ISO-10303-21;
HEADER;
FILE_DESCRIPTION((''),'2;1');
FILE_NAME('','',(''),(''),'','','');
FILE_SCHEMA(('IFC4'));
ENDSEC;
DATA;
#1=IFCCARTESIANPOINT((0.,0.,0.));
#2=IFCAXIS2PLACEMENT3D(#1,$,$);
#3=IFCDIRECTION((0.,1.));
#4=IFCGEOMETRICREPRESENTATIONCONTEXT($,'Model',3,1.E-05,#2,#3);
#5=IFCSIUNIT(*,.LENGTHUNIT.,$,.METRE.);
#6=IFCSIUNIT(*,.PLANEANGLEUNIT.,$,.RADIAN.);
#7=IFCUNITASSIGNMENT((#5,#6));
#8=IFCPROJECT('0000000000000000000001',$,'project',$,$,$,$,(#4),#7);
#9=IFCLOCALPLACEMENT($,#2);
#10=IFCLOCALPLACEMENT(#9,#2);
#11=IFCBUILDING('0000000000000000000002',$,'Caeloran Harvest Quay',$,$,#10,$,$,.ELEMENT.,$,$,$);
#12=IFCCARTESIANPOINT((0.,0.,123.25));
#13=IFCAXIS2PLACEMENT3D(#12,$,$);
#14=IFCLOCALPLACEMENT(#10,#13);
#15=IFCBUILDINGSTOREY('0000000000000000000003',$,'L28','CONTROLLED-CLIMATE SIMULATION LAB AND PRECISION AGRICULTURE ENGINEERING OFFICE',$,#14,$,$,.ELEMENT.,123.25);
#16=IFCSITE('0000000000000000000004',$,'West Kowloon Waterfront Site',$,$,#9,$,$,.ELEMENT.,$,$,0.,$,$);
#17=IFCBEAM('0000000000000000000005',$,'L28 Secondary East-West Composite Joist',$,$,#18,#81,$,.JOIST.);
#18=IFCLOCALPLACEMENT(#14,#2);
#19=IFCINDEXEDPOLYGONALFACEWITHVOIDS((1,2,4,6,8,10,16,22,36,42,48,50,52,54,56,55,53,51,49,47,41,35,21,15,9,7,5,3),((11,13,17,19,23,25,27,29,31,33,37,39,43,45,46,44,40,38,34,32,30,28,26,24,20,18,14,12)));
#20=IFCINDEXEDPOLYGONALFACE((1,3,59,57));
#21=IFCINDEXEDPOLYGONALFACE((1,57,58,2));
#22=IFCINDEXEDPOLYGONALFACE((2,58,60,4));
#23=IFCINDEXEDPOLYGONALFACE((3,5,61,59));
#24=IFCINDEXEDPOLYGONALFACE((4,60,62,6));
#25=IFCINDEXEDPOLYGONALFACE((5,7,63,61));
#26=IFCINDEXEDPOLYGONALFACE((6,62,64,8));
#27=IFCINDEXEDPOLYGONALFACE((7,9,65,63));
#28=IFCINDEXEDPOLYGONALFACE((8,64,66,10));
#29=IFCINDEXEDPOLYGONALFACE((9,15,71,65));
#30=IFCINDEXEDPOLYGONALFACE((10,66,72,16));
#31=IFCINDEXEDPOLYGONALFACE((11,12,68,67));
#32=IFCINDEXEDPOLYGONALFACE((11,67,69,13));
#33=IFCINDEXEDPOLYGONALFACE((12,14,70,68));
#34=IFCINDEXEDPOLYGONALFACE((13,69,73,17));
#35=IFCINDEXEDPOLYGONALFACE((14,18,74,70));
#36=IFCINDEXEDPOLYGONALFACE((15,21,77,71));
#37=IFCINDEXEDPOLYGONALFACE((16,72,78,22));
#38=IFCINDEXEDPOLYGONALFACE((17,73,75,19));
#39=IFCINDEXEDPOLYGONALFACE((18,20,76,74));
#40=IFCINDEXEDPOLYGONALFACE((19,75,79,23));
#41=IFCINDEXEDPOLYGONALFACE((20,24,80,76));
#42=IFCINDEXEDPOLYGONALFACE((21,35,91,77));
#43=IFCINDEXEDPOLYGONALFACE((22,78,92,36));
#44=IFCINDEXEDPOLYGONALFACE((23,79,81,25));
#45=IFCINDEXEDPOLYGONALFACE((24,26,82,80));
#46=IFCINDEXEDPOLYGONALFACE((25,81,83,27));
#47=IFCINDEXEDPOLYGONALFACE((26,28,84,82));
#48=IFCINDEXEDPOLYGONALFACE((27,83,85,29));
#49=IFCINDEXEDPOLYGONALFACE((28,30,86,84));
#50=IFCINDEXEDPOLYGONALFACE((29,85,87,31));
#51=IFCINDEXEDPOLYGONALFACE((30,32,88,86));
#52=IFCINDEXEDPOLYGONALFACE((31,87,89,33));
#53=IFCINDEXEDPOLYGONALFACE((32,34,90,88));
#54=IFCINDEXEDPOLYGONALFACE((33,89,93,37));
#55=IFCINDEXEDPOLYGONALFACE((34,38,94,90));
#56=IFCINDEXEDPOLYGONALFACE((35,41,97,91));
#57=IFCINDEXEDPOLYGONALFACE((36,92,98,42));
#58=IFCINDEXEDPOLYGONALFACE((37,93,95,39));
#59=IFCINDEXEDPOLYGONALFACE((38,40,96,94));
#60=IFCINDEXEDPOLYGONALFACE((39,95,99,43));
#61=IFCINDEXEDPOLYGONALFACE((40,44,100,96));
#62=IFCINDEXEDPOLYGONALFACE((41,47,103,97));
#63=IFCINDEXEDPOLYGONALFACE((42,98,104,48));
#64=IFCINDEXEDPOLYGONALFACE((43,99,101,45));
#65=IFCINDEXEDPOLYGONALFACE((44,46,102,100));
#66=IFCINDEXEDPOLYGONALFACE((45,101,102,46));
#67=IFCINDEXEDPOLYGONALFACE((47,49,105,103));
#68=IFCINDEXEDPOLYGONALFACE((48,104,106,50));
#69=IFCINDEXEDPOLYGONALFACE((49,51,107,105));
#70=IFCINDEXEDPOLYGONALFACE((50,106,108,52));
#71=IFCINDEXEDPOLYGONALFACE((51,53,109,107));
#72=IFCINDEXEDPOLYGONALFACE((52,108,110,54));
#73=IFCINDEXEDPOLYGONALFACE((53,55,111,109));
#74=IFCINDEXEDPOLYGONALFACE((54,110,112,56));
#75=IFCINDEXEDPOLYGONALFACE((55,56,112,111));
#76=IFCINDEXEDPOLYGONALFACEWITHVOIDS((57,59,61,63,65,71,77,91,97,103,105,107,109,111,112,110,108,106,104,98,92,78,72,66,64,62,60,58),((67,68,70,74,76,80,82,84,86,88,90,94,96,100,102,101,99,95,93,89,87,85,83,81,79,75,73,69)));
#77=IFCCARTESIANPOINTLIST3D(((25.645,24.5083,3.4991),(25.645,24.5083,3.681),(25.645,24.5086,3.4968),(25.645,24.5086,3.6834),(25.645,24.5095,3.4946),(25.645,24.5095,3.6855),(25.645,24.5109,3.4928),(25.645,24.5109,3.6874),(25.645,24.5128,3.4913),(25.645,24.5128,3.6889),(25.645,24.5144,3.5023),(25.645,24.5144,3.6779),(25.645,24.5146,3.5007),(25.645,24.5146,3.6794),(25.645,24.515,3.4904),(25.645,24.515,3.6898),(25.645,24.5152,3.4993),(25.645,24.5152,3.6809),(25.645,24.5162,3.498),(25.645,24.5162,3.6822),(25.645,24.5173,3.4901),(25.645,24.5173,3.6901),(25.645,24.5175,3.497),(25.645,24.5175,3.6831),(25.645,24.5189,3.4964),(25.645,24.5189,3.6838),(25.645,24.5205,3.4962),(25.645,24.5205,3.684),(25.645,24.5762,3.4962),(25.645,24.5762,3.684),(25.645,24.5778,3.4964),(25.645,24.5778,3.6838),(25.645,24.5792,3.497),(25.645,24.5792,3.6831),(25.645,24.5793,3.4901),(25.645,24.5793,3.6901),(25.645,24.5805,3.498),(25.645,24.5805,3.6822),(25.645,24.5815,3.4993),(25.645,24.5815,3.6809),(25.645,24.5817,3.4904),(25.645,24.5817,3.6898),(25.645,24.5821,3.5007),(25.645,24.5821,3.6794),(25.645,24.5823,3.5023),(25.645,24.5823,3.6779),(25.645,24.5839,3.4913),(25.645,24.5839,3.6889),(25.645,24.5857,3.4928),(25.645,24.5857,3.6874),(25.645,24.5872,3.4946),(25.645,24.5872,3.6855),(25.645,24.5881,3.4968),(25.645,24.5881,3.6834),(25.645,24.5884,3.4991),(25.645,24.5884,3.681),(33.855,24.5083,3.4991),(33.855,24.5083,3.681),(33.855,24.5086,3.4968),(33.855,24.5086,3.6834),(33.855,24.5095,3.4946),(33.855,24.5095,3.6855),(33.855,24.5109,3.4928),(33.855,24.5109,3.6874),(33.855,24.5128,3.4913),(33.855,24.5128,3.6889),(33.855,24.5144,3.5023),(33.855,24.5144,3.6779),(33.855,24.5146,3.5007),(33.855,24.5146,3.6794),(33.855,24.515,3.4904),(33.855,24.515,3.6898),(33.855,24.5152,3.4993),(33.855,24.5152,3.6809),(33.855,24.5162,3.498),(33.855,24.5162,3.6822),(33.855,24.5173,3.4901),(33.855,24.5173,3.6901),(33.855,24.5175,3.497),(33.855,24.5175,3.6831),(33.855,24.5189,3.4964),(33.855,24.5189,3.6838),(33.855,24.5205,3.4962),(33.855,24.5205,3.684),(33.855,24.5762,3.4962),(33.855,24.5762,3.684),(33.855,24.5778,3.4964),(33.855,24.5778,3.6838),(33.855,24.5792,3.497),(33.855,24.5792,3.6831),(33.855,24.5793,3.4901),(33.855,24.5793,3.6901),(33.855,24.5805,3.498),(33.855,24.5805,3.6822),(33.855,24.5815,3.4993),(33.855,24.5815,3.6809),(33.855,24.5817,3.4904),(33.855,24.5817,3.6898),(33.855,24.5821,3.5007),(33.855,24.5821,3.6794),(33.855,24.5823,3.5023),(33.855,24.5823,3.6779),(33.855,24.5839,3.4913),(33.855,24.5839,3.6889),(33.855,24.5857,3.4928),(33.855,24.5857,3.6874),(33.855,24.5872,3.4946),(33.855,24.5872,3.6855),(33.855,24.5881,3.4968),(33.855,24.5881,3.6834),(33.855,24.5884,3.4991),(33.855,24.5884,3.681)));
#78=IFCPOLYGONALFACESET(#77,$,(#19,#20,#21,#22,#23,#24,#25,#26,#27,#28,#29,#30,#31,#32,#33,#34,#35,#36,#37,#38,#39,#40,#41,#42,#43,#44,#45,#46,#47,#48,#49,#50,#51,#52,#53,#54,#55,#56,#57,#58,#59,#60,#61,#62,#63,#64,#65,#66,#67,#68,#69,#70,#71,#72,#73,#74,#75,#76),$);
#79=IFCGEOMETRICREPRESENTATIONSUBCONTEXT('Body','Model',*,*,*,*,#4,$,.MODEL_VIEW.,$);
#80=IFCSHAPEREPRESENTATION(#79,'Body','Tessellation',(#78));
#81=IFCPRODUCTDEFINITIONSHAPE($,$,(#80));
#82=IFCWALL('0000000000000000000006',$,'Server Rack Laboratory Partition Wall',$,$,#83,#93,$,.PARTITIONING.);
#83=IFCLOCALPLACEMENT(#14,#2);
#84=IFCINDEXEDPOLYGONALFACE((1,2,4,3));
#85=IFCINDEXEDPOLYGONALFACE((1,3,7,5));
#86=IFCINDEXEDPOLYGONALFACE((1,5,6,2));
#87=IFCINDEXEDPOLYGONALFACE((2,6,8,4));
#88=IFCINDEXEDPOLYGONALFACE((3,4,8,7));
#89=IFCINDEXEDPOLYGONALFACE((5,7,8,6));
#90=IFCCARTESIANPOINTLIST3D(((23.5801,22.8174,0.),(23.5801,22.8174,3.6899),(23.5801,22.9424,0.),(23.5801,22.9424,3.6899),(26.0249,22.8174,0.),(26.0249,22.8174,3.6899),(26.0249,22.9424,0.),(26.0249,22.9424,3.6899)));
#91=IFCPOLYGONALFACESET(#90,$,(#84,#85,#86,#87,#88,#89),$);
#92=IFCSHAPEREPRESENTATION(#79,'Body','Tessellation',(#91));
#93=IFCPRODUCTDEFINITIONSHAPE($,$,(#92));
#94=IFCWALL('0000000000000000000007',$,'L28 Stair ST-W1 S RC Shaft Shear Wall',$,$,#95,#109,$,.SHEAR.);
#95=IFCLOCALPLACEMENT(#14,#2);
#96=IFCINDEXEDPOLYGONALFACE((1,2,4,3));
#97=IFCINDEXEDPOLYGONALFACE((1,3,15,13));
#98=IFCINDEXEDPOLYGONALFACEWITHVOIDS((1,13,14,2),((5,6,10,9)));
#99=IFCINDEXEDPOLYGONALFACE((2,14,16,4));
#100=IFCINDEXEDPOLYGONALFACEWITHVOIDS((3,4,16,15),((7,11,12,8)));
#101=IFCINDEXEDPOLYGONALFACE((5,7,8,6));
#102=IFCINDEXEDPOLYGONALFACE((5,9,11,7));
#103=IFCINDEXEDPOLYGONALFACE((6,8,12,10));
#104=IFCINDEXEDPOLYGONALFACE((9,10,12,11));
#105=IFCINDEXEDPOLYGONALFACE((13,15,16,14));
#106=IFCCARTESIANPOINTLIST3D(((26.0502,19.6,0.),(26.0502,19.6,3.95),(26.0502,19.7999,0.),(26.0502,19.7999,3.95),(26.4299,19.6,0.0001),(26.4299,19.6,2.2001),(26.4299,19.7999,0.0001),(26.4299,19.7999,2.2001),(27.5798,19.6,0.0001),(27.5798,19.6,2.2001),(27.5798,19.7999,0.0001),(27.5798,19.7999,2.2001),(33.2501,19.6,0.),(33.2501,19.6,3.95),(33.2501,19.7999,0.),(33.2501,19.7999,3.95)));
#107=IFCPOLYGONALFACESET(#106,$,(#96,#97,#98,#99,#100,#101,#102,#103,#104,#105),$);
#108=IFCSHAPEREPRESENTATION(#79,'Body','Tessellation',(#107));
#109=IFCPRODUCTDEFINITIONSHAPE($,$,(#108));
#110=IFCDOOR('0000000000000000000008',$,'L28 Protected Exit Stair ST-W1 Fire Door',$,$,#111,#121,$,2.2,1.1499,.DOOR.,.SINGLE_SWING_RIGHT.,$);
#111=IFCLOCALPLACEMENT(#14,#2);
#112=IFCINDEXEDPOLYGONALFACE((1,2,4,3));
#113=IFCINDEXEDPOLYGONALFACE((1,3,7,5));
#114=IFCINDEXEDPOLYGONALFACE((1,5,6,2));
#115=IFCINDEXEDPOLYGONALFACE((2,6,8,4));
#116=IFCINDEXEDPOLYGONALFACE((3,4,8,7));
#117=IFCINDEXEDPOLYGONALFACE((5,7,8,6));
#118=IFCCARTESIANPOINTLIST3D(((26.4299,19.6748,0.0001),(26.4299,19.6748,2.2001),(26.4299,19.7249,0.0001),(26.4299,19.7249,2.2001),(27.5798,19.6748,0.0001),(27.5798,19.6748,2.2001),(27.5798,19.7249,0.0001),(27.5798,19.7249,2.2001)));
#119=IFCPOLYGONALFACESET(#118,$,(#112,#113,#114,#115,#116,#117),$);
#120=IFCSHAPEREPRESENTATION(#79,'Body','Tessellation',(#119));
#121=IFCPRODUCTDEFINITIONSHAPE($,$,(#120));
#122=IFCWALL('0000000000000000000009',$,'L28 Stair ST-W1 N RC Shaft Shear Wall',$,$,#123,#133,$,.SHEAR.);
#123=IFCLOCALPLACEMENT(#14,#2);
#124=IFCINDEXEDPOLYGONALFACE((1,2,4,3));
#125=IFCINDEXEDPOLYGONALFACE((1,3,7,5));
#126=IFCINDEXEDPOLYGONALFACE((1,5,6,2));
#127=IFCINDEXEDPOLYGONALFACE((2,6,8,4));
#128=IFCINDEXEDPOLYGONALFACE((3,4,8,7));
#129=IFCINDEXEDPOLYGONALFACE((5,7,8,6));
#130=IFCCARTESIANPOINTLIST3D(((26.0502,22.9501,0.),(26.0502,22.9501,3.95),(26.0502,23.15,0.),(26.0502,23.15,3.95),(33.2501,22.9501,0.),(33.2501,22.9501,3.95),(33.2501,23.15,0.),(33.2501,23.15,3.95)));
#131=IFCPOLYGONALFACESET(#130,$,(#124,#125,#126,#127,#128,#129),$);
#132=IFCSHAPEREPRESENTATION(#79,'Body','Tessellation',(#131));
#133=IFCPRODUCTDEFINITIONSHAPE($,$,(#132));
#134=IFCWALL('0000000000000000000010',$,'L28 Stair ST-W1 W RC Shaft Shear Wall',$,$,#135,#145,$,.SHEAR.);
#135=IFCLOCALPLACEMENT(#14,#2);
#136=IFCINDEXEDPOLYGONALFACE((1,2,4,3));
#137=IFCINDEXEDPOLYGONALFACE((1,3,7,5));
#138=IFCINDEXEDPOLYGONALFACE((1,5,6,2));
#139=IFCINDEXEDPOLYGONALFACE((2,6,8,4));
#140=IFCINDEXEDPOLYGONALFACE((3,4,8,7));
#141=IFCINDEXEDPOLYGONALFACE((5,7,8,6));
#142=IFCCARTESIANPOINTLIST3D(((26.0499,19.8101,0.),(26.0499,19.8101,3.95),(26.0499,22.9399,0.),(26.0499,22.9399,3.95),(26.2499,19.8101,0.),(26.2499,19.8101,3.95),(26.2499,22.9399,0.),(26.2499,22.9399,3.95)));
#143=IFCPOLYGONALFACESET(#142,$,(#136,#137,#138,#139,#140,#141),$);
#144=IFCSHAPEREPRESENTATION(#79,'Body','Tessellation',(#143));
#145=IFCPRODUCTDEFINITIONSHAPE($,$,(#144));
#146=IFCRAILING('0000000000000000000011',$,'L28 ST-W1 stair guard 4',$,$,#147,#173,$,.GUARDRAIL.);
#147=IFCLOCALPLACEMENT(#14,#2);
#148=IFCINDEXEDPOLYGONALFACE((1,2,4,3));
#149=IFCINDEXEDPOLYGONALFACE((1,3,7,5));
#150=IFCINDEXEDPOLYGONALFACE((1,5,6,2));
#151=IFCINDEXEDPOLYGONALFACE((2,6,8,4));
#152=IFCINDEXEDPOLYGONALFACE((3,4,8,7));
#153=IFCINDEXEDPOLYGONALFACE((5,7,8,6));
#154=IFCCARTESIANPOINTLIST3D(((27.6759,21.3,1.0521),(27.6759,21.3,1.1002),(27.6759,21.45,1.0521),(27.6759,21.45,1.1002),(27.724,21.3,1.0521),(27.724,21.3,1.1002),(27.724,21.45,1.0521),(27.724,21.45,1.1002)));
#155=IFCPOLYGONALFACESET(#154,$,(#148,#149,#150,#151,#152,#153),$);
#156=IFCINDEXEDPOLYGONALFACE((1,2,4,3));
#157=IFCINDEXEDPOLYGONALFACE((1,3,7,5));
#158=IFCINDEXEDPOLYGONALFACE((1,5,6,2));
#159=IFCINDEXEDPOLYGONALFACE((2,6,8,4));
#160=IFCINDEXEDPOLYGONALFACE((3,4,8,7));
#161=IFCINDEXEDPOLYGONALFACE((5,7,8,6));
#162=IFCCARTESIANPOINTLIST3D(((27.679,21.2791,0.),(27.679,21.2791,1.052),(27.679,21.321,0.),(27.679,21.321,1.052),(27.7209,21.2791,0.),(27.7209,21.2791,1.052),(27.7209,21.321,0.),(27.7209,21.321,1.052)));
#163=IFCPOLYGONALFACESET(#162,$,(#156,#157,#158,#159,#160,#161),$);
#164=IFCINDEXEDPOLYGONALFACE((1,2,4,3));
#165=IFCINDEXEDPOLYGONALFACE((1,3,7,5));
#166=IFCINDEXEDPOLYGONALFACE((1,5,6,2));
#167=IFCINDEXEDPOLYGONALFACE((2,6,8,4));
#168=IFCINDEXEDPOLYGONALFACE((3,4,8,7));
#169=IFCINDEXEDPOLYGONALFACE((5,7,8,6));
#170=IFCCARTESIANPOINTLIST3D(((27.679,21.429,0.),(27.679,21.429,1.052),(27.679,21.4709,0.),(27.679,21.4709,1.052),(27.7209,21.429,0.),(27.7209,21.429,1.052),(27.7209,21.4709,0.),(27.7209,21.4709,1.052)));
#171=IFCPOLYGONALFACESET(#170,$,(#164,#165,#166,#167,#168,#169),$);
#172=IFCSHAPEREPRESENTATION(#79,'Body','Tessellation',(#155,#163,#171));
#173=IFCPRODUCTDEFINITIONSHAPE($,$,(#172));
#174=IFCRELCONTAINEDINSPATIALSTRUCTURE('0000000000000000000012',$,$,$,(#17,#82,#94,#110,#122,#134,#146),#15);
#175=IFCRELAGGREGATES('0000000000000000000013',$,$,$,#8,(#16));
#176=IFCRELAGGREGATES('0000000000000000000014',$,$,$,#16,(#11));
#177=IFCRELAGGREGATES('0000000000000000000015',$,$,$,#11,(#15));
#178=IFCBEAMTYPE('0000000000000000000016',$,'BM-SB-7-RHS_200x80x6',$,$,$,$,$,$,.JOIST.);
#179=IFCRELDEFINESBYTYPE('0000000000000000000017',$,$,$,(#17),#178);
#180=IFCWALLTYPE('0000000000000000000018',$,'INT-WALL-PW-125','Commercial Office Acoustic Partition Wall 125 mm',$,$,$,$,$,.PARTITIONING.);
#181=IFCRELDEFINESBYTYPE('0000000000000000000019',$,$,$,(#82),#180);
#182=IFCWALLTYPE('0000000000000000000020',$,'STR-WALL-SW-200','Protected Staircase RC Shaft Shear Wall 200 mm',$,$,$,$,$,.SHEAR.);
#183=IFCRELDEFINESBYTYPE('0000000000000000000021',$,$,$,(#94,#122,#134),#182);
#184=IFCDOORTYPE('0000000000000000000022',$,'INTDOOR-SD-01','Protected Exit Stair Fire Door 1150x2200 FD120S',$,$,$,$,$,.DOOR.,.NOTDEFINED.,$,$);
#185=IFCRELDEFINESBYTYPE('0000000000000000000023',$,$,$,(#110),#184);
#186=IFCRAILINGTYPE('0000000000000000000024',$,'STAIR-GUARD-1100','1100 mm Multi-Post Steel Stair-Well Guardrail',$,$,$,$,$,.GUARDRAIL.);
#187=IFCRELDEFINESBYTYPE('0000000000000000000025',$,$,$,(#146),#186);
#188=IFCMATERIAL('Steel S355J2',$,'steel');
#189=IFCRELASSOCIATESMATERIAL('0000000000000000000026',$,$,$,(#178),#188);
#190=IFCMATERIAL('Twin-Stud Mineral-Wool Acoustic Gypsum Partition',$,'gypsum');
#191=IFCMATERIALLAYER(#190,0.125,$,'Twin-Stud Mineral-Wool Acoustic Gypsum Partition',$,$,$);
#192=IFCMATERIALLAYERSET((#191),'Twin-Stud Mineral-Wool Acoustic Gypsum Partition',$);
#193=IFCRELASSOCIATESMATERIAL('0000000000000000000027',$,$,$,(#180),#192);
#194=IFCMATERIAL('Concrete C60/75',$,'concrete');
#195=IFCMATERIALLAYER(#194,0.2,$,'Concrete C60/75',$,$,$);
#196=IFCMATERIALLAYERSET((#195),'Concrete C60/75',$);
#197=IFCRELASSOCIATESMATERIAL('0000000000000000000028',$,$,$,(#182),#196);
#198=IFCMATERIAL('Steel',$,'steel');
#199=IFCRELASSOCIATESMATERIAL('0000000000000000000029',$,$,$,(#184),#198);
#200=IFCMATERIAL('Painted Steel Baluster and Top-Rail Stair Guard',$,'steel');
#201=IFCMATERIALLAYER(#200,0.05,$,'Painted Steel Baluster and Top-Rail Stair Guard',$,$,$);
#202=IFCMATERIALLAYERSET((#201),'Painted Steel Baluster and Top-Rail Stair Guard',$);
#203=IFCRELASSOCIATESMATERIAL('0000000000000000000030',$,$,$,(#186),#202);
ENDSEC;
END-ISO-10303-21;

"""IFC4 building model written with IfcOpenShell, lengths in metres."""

from ifc_helpers import new_model, si_unit, direction, frame, frame_2d, origin, origin_2d, place, context, subcontext, project, spatial, rectangle, hollow_rectangle, extrude, material, layer, layer_set, material_profile, profile_set, type_object, element, fill, save


model = new_model("IFC4")

# Units and contexts
model_context = context("Model", 3, precision=1e-05, world=origin(), true_north=direction((0.0, 1.0)))
body_context = subcontext(model_context, "Body", "Model", "MODEL_VIEW")
ifc_project = project(units=[si_unit("LENGTHUNIT", "METRE"), si_unit("PLANEANGLEUNIT", "RADIAN")], contexts=[model_context])

# Site, building, storey
site_placement = place(None, origin())
site = spatial("IfcSite", under=ifc_project, at=site_placement, Name="West Kowloon Waterfront Site", CompositionType="ELEMENT", RefElevation=0.0)
building_placement = place(site_placement, origin())
building = spatial("IfcBuilding", under=site, at=building_placement, Name="Caeloran Harvest Quay", CompositionType="ELEMENT")
storey_placement = place(building_placement, frame((0.0, 0.0, 123.25)))
storey = spatial("IfcBuildingStorey", under=building, at=storey_placement, Name="L28", Description="CONTROLLED-CLIMATE SIMULATION LAB AND PRECISION AGRICULTURE ENGINEERING OFFICE", CompositionType="ELEMENT", Elevation=123.25)

# Beam
ifc_material_1 = material(Name="Steel S355J2", Category="steel")
ifc_material_profile_1 = material_profile(ifc_material_1, hollow_rectangle(XDim=0.0801, YDim=0.2, WallThickness=0.0061, InnerFilletRadius=0.0061, OuterFilletRadius=0.009, at=origin_2d()), Name="RHS 200x80x6")
ifc_profile_set_1 = profile_set([ifc_material_profile_1], Name="Steel S355J2")
beam_type_1 = type_object("IfcBeamType", Name="BM-SB-7-RHS_200x80x6", PredefinedType="JOIST", material=ifc_profile_set_1)
for number, where, z_axis, x_axis, name in (
    (1, (25.645, 24.5483, 3.5901), (1.0, 0.0, 0.0), (0.0, 1.0, 0.0), "L28 Secondary East-West Composite Joist"),
):
    element("IfcBeam", number, at=place(storey_placement, frame(where, z_axis=z_axis, x_axis=x_axis)), inside=storey, type_object=beam_type_1, Name=name, PredefinedType="JOIST", context=body_context, shape_type="SweptSolid", body=[
        extrude(hollow_rectangle(XDim=0.0801, YDim=0.2, WallThickness=0.0061, InnerFilletRadius=0.0061, OuterFilletRadius=0.009, at=origin_2d()), origin(), (0.0, 0.0, 1.0), 8.21),
    ])

# Wall
ifc_material_2 = material(Name="Twin-Stud Mineral-Wool Acoustic Gypsum Partition", Category="gypsum")
ifc_layer_1 = layer(ifc_material_2, 0.125, Name="Twin-Stud Mineral-Wool Acoustic Gypsum Partition")
ifc_layer_set_1 = layer_set([ifc_layer_1], Name="Twin-Stud Mineral-Wool Acoustic Gypsum Partition")
wall_type_1 = type_object("IfcWallType", Name="INT-WALL-PW-125", Description="Commercial Office Acoustic Partition Wall 125 mm", PredefinedType="PARTITIONING", material=ifc_layer_set_1)
wall_1_placement = place(storey_placement, frame((26.0249, 22.8799, 0.0), z_axis=(0.0, 0.0, 1.0), x_axis=(-1.0, 0.0, 0.0)))
element("IfcWall", 2, at=wall_1_placement, inside=storey, type_object=wall_type_1, Name="Server Rack Laboratory Partition Wall", PredefinedType="PARTITIONING", context=body_context, shape_type="SweptSolid", body=[
    extrude(rectangle(XDim=2.4448, YDim=0.125, at=frame_2d((1.2224, 0.0))), origin(), (0.0, 0.0, 1.0), 3.6899),
])

# Wall, opening, door
ifc_material_3 = material(Name="Concrete C60/75", Category="concrete")
ifc_layer_2 = layer(ifc_material_3, 0.2, Name="Concrete C60/75")
ifc_layer_set_2 = layer_set([ifc_layer_2], Name="Concrete C60/75")
wall_type_2 = type_object("IfcWallType", Name="STR-WALL-SW-200", Description="Protected Staircase RC Shaft Shear Wall 200 mm", PredefinedType="SHEAR", material=ifc_layer_set_2)
wall_2_placement = place(storey_placement, frame((26.05, 19.7, 0.0), z_axis=(0.0, 0.0, 1.0), x_axis=(1.0, 0.0, 0.0)))
wall_2 = element("IfcWall", 3, at=wall_2_placement, inside=storey, type_object=wall_type_2, Name="L28 Stair ST-W1 S RC Shaft Shear Wall", PredefinedType="SHEAR", context=body_context, shape_type="SweptSolid", body=[
    extrude(rectangle(XDim=7.2, YDim=0.2, at=frame_2d((3.6001, 0.0))), origin(), (0.0, 0.0, 1.0), 3.95),
])
opening_placement = place(wall_2_placement, frame((0.3799, 0.0, 0.0)))
opening = element("IfcOpeningElement", 4, at=opening_placement, cuts=wall_2, PredefinedType="OPENING", context=body_context, shape_type="SweptSolid", body=[
    extrude(rectangle(XDim=1.1499, YDim=2.2, at=frame_2d((0.575, 1.1001))), frame((0.0, 0.1099, 0.0), z_axis=(0.0, -1.0, 0.0), x_axis=(1.0, 0.0, 0.0)), (0.0, 0.0, 1.0), 0.22),
])
ifc_material_4 = material(Name="Steel", Category="steel")
door_type = type_object("IfcDoorType", Name="INTDOOR-SD-01", Description="Protected Exit Stair Fire Door 1150x2200 FD120S", OperationType="NOTDEFINED", PredefinedType="DOOR", material=ifc_material_4)
door_placement = place(opening_placement, origin())
door = element("IfcDoor", 5, at=door_placement, inside=storey, type_object=door_type, Name="L28 Protected Exit Stair ST-W1 Fire Door", OperationType="SINGLE_SWING_RIGHT", OverallHeight=2.2, OverallWidth=1.1499, PredefinedType="DOOR", context=body_context, shape_type="SweptSolid", body=[
    extrude(rectangle(XDim=1.1499, YDim=2.2, at=frame_2d((0.575, 1.1001))), frame((0.0, 0.0249, 0.0), z_axis=(0.0, -1.0, 0.0), x_axis=(1.0, 0.0, 0.0)), (0.0, 0.0, 1.0), 0.05),
])
fill(opening, door)

# Walls
wall_3_placement = place(storey_placement, frame((26.05, 23.05, 0.0), z_axis=(0.0, 0.0, 1.0), x_axis=(1.0, 0.0, 0.0)))
element("IfcWall", 6, at=wall_3_placement, inside=storey, type_object=wall_type_2, Name="L28 Stair ST-W1 N RC Shaft Shear Wall", PredefinedType="SHEAR", context=body_context, shape_type="SweptSolid", body=[
    extrude(rectangle(XDim=7.2, YDim=0.2, at=frame_2d((3.6001, 0.0))), origin(), (0.0, 0.0, 1.0), 3.95),
])
wall_4_placement = place(storey_placement, frame((26.1499, 19.8101, 0.0), z_axis=(0.0, 0.0, 1.0), x_axis=(0.0, 1.0, 0.0)))
element("IfcWall", 7, at=wall_4_placement, inside=storey, type_object=wall_type_2, Name="L28 Stair ST-W1 W RC Shaft Shear Wall", PredefinedType="SHEAR", context=body_context, shape_type="SweptSolid", body=[
    extrude(rectangle(XDim=3.1299, YDim=0.2, at=frame_2d((1.5649, 0.0))), origin(), (0.0, 0.0, 1.0), 3.95),
])

# Railing
ifc_material_5 = material(Name="Painted Steel Baluster and Top-Rail Stair Guard", Category="steel")
ifc_layer_3 = layer(ifc_material_5, 0.05, Name="Painted Steel Baluster and Top-Rail Stair Guard")
ifc_layer_set_3 = layer_set([ifc_layer_3], Name="Painted Steel Baluster and Top-Rail Stair Guard")
railing_type = type_object("IfcRailingType", Name="STAIR-GUARD-1100", Description="1100 mm Multi-Post Steel Stair-Well Guardrail", PredefinedType="GUARDRAIL", material=ifc_layer_set_3)
railing_placement = place(storey_placement, frame((27.7, 21.3, 0.0)))
element("IfcRailing", 8, at=railing_placement, inside=storey, type_object=railing_type, Name="L28 ST-W1 stair guard 4", PredefinedType="GUARDRAIL", context=body_context, shape_type="SweptSolid", body=[
    extrude(rectangle(XDim=0.0481, YDim=0.0481, at=origin_2d()), frame((0.0, 0.0, 1.0762), z_axis=(0.0, 1.0, 0.0), x_axis=(-1.0, 0.0, 0.0)), (0.0, 0.0, 1.0), 0.1499),
    extrude(rectangle(XDim=0.042, YDim=0.042, at=origin_2d()), origin(), (0.0, 0.0, 1.0), 1.052),
    extrude(rectangle(XDim=0.042, YDim=0.042, at=origin_2d()), frame((0.0, 0.1499, 0.0)), (0.0, 0.0, 1.0), 1.052),
])

save(model, "model.ifc")
